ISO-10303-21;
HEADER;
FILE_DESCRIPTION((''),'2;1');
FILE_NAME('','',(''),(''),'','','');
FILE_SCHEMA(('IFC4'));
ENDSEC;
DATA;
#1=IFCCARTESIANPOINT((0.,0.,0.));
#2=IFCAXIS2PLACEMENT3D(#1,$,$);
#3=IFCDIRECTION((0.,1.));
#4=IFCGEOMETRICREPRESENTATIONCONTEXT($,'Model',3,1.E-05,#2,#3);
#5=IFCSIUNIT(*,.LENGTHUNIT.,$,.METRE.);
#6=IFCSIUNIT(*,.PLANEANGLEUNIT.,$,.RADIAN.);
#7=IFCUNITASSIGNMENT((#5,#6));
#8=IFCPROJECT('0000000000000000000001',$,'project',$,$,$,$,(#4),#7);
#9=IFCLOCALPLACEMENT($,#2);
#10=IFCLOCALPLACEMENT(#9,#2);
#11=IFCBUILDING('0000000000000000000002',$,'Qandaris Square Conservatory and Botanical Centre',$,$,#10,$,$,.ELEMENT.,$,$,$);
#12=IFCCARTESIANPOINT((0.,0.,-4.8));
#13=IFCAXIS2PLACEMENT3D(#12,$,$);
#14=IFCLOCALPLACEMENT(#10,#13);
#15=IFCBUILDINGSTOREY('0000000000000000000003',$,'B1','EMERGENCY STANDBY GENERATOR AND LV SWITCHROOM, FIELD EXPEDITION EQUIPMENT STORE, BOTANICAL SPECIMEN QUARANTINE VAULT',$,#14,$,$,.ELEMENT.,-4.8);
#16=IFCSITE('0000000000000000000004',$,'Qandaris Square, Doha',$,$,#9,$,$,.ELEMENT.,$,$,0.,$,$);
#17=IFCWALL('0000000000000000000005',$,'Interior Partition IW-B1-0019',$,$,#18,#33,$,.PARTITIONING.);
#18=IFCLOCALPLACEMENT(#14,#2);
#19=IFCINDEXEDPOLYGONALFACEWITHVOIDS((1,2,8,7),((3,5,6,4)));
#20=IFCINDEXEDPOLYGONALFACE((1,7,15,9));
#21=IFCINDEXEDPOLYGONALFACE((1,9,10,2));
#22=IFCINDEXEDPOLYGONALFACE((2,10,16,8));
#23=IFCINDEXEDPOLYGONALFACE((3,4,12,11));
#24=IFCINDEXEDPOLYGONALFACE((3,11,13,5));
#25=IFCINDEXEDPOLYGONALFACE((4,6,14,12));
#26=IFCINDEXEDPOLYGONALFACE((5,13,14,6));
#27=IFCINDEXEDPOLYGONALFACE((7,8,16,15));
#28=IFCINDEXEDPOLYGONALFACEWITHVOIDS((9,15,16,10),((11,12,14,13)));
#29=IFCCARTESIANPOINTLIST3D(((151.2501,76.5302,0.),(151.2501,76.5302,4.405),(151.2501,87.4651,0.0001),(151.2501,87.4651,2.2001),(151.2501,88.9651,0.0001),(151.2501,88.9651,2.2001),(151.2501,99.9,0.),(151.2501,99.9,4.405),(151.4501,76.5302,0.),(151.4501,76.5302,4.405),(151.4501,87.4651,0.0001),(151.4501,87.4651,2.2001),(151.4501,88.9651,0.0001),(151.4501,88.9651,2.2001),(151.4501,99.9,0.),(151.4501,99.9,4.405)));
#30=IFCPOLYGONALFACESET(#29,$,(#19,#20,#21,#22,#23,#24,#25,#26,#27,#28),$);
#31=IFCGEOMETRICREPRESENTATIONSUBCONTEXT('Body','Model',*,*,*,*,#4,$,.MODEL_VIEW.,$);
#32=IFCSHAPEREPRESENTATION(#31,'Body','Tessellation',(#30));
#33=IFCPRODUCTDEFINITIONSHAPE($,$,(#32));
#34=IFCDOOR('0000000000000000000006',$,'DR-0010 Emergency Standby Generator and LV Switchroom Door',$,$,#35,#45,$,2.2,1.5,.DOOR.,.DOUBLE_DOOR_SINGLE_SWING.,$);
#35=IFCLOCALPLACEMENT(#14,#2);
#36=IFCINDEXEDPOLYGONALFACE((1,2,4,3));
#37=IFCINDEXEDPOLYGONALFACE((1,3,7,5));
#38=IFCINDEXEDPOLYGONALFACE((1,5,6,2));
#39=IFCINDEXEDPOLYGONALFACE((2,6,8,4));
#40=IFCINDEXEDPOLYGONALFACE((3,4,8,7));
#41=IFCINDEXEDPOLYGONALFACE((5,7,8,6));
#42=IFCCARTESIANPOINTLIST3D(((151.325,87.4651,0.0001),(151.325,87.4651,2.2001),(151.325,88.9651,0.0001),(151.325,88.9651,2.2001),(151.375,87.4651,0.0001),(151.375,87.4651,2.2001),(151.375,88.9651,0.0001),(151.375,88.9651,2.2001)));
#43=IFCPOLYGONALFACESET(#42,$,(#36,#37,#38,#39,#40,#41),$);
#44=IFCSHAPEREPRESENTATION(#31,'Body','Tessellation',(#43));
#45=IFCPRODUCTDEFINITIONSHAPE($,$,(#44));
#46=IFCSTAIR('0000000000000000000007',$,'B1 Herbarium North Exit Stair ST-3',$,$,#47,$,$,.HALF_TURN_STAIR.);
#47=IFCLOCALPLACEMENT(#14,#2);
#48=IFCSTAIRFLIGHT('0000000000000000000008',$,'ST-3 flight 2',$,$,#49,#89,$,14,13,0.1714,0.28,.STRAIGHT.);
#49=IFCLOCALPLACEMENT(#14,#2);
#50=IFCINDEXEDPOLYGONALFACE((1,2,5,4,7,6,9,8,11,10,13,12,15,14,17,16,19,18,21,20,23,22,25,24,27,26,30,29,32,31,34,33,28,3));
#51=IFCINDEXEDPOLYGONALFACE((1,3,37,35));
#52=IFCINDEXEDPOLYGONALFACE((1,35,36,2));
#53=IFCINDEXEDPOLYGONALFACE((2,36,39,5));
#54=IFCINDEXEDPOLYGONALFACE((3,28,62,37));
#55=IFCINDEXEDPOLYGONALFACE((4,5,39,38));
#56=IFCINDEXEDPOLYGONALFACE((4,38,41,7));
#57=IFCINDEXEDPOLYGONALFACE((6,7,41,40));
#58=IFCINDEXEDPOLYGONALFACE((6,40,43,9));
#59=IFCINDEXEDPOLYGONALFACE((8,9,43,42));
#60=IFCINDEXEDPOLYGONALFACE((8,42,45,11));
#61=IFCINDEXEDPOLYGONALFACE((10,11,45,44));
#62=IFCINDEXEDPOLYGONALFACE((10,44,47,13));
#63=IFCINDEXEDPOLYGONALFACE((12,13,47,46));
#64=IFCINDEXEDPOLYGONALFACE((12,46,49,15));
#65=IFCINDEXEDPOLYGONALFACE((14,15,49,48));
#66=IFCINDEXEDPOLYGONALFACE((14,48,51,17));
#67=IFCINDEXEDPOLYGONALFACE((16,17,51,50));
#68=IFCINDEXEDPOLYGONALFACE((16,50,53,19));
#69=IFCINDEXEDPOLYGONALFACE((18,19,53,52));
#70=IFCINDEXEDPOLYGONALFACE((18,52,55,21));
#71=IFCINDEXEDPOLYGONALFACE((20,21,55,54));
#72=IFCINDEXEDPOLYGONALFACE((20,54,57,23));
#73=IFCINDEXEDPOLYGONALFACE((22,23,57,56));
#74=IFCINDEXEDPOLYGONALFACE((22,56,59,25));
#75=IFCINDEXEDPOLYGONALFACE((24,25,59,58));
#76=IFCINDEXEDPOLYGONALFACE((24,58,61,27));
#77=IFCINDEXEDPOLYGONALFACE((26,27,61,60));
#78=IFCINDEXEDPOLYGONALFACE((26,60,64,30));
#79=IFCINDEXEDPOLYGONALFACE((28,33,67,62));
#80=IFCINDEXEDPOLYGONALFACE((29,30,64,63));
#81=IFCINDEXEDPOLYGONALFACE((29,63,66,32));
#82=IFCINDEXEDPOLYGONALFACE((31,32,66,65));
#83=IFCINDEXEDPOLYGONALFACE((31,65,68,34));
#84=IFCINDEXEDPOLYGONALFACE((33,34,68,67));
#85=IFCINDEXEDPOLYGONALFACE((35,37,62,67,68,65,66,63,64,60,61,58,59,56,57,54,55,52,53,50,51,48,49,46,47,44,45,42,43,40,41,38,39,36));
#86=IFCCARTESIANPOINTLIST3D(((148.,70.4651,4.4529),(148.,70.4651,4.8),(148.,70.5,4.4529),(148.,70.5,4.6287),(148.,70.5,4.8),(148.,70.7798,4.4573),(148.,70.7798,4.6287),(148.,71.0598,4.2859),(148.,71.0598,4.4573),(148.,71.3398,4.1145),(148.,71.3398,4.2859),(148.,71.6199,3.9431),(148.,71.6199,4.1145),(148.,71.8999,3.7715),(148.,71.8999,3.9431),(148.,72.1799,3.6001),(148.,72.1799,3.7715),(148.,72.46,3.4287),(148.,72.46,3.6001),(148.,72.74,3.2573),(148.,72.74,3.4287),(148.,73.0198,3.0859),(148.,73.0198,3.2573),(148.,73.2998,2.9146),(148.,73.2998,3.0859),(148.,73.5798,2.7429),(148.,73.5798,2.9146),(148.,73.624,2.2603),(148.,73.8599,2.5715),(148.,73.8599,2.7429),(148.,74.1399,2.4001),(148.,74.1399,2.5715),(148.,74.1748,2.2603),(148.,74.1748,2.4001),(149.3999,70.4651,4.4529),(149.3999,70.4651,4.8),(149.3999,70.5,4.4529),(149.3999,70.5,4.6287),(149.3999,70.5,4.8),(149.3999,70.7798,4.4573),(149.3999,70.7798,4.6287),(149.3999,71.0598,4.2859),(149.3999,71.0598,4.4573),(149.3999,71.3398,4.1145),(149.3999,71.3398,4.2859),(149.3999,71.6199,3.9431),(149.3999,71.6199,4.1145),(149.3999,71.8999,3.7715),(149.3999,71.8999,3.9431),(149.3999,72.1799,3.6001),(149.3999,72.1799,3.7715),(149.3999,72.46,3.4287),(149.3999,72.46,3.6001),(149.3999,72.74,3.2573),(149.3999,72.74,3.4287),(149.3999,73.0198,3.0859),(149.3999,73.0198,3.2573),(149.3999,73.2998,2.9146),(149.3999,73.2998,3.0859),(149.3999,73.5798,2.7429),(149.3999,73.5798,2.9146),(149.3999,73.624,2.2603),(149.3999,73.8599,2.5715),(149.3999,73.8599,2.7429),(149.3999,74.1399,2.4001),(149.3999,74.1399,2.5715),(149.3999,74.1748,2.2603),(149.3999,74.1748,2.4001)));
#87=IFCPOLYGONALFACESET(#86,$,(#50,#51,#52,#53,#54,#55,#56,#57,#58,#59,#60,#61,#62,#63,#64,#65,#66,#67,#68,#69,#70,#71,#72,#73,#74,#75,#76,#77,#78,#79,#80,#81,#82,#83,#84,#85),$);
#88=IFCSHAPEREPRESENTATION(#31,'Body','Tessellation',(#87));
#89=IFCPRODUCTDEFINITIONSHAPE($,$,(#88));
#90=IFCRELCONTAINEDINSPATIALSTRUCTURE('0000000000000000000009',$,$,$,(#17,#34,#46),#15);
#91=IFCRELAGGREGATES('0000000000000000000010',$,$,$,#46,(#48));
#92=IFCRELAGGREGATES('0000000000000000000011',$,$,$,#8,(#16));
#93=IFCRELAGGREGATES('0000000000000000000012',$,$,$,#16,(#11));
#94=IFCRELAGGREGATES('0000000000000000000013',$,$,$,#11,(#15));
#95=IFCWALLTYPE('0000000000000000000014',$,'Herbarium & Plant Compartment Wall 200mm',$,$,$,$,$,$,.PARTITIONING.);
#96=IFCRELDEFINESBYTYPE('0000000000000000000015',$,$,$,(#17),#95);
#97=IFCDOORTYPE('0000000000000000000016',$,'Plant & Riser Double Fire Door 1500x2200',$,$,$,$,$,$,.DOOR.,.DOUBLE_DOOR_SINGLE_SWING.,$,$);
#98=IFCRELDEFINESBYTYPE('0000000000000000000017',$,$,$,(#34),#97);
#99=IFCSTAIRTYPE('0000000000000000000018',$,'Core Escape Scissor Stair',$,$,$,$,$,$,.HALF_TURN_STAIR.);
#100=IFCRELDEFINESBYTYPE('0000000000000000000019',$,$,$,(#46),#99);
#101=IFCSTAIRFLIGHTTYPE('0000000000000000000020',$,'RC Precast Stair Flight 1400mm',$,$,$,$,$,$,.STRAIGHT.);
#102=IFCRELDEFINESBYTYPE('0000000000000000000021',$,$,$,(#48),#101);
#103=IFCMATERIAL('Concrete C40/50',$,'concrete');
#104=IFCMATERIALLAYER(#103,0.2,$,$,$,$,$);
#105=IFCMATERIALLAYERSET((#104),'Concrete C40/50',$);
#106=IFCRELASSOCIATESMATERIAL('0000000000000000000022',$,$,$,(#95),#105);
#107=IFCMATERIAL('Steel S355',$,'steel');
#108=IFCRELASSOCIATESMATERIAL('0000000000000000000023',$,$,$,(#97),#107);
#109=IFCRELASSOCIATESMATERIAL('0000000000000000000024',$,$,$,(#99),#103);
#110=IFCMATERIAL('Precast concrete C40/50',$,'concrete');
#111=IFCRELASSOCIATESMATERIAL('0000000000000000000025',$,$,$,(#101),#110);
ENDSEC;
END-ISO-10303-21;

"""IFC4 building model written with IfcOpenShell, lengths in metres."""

from ifc_helpers import new_model, si_unit, direction, frame, frame_2d, origin, place, context, subcontext, project, spatial, polyline, rectangle, outline, extrude, material, layer, layer_set, type_object, element, fill, aggregate, save


model = new_model("IFC4")

# Units and contexts
model_context = context("Model", 3, precision=1e-05, world=origin(), true_north=direction((0.0, 1.0)))
body_context = subcontext(model_context, "Body", "Model", "MODEL_VIEW")
ifc_project = project(units=[si_unit("LENGTHUNIT", "METRE"), si_unit("PLANEANGLEUNIT", "RADIAN")], contexts=[model_context])

# Site, building, storey
site_placement = place(None, origin())
site = spatial("IfcSite", under=ifc_project, at=site_placement, Name="Qandaris Square, Doha", CompositionType="ELEMENT", RefElevation=0.0)
building_placement = place(site_placement, origin())
building = spatial("IfcBuilding", under=site, at=building_placement, Name="Qandaris Square Conservatory and Botanical Centre", CompositionType="ELEMENT")
storey_placement = place(building_placement, frame((0.0, 0.0, -4.8)))
storey = spatial("IfcBuildingStorey", under=building, at=storey_placement, Name="B1", Description="EMERGENCY STANDBY GENERATOR AND LV SWITCHROOM, FIELD EXPEDITION EQUIPMENT STORE, BOTANICAL SPECIMEN QUARANTINE VAULT", CompositionType="ELEMENT", Elevation=-4.8)

# Shared definitions
ifc_material_1 = material(Name="Concrete C40/50", Category="concrete")

# Shared definitions
ifc_material_2 = material(Name="Steel S355", Category="steel")

# Wall, opening, door
ifc_layer = layer(ifc_material_1, 0.2)
ifc_layer_set = layer_set([ifc_layer], Name="Concrete C40/50")
wall_type = type_object("IfcWallType", Name="Herbarium & Plant Compartment Wall 200mm", PredefinedType="PARTITIONING", material=ifc_layer_set)
wall_placement = place(storey_placement, frame((151.3501, 76.53, 0.0), z_axis=(0.0, 0.0, 1.0), x_axis=(0.0, 1.0, 0.0)))
wall = element("IfcWall", 1, at=wall_placement, inside=storey, type_object=wall_type, Name="Interior Partition IW-B1-0019", PredefinedType="PARTITIONING", context=body_context, shape_type="SweptSolid", body=[
    extrude(rectangle(XDim=23.3699, YDim=0.2, at=frame_2d((11.6851, 0.0))), origin(), (0.0, 0.0, 1.0), 4.405),
])
opening_placement = place(wall_placement, frame((10.9351, 0.0, 0.0)))
opening = element("IfcOpeningElement", 2, at=opening_placement, cuts=wall, PredefinedType="OPENING", context=body_context, shape_type="SweptSolid", body=[
    extrude(rectangle(XDim=1.5, YDim=2.2, at=frame_2d((0.75, 1.1001))), frame((0.0, 0.1118, 0.0), z_axis=(0.0, -1.0, 0.0), x_axis=(1.0, 0.0, 0.0)), (0.0, 0.0, 1.0), 0.2239),
])
door_type = type_object("IfcDoorType", Name="Plant & Riser Double Fire Door 1500x2200", OperationType="DOUBLE_DOOR_SINGLE_SWING", PredefinedType="DOOR", material=ifc_material_2)
door_placement = place(opening_placement, frame((1.5, 0.0, 0.0), z_axis=(0.0, 0.0, 1.0), x_axis=(-1.0, 0.0, 0.0)))
door = element("IfcDoor", 3, at=door_placement, inside=storey, type_object=door_type, Name="DR-0010 Emergency Standby Generator and LV Switchroom Door", OperationType="DOUBLE_DOOR_SINGLE_SWING", OverallHeight=2.2, OverallWidth=1.5, PredefinedType="DOOR", context=body_context, shape_type="SweptSolid", body=[
    extrude(rectangle(XDim=1.5, YDim=2.2, at=frame_2d((0.75, 1.1001))), frame((0.0, 0.0249, 0.0), z_axis=(0.0, -1.0, 0.0), x_axis=(1.0, 0.0, 0.0)), (0.0, 0.0, 1.0), 0.05),
])
fill(opening, door)

# Stair, stair flight
stair_type = type_object("IfcStairType", Name="Core Escape Scissor Stair", PredefinedType="HALF_TURN_STAIR", material=ifc_material_1)
stair_placement = place(storey_placement, origin())
stair = element("IfcStair", 4, at=stair_placement, inside=storey, type_object=stair_type, Name="B1 Herbarium North Exit Stair ST-3", PredefinedType="HALF_TURN_STAIR")
ifc_material_3 = material(Name="Precast concrete C40/50", Category="concrete")
stair_flight_type = type_object("IfcStairFlightType", Name="RC Precast Stair Flight 1400mm", PredefinedType="STRAIGHT", material=ifc_material_3)
stair_flight_placement = place(storey_placement, frame((148.7, 74.1399, 2.4001), z_axis=(0.0, 0.0, 1.0), x_axis=(0.0, -1.0, 0.0)))
stair_flight = element("IfcStairFlight", 5, at=stair_flight_placement, type_object=stair_flight_type, Name="ST-3 flight 2", NumberOfRisers=14, NumberOfTreads=13, PredefinedType="STRAIGHT", RiserHeight=0.1714, TreadLength=0.28, context=body_context, shape_type="SweptSolid", body=[
    extrude(outline(polyline([(-0.0349, 0.0), (0.0, 0.0), (0.0, 0.1714), (0.28, 0.1714), (0.28, 0.3428), (0.5601, 0.3428), (0.5601, 0.5144), (0.8401, 0.5144), (0.8401, 0.6858), (1.1201, 0.6858), (1.1201, 0.8572), (1.3999, 0.8572), (1.3999, 1.0286), (1.6799, 1.0286), (1.6799, 1.2), (1.96, 1.2), (1.96, 1.3713), (2.24, 1.3713), (2.24, 1.543), (2.52, 1.543), (2.52, 1.7144), (2.8, 1.7144), (2.8, 1.8857), (3.0801, 1.8857), (3.0801, 2.0571), (3.3601, 2.0571), (3.3601, 2.2285), (3.6399, 2.2285), (3.6399, 2.3999), (3.6748, 2.3999), (3.6748, 2.0527), (3.6399, 2.0527), (0.5159, -0.1399), (-0.0349, -0.1399), (-0.0349, 0.0)])), frame((0.0, 0.7, 0.0), z_axis=(0.0, -1.0, 0.0), x_axis=(1.0, 0.0, 0.0)), (0.0, 0.0, 1.0), 1.3999),
])
aggregate(stair, [stair_flight])

save(model, "model.ifc")
